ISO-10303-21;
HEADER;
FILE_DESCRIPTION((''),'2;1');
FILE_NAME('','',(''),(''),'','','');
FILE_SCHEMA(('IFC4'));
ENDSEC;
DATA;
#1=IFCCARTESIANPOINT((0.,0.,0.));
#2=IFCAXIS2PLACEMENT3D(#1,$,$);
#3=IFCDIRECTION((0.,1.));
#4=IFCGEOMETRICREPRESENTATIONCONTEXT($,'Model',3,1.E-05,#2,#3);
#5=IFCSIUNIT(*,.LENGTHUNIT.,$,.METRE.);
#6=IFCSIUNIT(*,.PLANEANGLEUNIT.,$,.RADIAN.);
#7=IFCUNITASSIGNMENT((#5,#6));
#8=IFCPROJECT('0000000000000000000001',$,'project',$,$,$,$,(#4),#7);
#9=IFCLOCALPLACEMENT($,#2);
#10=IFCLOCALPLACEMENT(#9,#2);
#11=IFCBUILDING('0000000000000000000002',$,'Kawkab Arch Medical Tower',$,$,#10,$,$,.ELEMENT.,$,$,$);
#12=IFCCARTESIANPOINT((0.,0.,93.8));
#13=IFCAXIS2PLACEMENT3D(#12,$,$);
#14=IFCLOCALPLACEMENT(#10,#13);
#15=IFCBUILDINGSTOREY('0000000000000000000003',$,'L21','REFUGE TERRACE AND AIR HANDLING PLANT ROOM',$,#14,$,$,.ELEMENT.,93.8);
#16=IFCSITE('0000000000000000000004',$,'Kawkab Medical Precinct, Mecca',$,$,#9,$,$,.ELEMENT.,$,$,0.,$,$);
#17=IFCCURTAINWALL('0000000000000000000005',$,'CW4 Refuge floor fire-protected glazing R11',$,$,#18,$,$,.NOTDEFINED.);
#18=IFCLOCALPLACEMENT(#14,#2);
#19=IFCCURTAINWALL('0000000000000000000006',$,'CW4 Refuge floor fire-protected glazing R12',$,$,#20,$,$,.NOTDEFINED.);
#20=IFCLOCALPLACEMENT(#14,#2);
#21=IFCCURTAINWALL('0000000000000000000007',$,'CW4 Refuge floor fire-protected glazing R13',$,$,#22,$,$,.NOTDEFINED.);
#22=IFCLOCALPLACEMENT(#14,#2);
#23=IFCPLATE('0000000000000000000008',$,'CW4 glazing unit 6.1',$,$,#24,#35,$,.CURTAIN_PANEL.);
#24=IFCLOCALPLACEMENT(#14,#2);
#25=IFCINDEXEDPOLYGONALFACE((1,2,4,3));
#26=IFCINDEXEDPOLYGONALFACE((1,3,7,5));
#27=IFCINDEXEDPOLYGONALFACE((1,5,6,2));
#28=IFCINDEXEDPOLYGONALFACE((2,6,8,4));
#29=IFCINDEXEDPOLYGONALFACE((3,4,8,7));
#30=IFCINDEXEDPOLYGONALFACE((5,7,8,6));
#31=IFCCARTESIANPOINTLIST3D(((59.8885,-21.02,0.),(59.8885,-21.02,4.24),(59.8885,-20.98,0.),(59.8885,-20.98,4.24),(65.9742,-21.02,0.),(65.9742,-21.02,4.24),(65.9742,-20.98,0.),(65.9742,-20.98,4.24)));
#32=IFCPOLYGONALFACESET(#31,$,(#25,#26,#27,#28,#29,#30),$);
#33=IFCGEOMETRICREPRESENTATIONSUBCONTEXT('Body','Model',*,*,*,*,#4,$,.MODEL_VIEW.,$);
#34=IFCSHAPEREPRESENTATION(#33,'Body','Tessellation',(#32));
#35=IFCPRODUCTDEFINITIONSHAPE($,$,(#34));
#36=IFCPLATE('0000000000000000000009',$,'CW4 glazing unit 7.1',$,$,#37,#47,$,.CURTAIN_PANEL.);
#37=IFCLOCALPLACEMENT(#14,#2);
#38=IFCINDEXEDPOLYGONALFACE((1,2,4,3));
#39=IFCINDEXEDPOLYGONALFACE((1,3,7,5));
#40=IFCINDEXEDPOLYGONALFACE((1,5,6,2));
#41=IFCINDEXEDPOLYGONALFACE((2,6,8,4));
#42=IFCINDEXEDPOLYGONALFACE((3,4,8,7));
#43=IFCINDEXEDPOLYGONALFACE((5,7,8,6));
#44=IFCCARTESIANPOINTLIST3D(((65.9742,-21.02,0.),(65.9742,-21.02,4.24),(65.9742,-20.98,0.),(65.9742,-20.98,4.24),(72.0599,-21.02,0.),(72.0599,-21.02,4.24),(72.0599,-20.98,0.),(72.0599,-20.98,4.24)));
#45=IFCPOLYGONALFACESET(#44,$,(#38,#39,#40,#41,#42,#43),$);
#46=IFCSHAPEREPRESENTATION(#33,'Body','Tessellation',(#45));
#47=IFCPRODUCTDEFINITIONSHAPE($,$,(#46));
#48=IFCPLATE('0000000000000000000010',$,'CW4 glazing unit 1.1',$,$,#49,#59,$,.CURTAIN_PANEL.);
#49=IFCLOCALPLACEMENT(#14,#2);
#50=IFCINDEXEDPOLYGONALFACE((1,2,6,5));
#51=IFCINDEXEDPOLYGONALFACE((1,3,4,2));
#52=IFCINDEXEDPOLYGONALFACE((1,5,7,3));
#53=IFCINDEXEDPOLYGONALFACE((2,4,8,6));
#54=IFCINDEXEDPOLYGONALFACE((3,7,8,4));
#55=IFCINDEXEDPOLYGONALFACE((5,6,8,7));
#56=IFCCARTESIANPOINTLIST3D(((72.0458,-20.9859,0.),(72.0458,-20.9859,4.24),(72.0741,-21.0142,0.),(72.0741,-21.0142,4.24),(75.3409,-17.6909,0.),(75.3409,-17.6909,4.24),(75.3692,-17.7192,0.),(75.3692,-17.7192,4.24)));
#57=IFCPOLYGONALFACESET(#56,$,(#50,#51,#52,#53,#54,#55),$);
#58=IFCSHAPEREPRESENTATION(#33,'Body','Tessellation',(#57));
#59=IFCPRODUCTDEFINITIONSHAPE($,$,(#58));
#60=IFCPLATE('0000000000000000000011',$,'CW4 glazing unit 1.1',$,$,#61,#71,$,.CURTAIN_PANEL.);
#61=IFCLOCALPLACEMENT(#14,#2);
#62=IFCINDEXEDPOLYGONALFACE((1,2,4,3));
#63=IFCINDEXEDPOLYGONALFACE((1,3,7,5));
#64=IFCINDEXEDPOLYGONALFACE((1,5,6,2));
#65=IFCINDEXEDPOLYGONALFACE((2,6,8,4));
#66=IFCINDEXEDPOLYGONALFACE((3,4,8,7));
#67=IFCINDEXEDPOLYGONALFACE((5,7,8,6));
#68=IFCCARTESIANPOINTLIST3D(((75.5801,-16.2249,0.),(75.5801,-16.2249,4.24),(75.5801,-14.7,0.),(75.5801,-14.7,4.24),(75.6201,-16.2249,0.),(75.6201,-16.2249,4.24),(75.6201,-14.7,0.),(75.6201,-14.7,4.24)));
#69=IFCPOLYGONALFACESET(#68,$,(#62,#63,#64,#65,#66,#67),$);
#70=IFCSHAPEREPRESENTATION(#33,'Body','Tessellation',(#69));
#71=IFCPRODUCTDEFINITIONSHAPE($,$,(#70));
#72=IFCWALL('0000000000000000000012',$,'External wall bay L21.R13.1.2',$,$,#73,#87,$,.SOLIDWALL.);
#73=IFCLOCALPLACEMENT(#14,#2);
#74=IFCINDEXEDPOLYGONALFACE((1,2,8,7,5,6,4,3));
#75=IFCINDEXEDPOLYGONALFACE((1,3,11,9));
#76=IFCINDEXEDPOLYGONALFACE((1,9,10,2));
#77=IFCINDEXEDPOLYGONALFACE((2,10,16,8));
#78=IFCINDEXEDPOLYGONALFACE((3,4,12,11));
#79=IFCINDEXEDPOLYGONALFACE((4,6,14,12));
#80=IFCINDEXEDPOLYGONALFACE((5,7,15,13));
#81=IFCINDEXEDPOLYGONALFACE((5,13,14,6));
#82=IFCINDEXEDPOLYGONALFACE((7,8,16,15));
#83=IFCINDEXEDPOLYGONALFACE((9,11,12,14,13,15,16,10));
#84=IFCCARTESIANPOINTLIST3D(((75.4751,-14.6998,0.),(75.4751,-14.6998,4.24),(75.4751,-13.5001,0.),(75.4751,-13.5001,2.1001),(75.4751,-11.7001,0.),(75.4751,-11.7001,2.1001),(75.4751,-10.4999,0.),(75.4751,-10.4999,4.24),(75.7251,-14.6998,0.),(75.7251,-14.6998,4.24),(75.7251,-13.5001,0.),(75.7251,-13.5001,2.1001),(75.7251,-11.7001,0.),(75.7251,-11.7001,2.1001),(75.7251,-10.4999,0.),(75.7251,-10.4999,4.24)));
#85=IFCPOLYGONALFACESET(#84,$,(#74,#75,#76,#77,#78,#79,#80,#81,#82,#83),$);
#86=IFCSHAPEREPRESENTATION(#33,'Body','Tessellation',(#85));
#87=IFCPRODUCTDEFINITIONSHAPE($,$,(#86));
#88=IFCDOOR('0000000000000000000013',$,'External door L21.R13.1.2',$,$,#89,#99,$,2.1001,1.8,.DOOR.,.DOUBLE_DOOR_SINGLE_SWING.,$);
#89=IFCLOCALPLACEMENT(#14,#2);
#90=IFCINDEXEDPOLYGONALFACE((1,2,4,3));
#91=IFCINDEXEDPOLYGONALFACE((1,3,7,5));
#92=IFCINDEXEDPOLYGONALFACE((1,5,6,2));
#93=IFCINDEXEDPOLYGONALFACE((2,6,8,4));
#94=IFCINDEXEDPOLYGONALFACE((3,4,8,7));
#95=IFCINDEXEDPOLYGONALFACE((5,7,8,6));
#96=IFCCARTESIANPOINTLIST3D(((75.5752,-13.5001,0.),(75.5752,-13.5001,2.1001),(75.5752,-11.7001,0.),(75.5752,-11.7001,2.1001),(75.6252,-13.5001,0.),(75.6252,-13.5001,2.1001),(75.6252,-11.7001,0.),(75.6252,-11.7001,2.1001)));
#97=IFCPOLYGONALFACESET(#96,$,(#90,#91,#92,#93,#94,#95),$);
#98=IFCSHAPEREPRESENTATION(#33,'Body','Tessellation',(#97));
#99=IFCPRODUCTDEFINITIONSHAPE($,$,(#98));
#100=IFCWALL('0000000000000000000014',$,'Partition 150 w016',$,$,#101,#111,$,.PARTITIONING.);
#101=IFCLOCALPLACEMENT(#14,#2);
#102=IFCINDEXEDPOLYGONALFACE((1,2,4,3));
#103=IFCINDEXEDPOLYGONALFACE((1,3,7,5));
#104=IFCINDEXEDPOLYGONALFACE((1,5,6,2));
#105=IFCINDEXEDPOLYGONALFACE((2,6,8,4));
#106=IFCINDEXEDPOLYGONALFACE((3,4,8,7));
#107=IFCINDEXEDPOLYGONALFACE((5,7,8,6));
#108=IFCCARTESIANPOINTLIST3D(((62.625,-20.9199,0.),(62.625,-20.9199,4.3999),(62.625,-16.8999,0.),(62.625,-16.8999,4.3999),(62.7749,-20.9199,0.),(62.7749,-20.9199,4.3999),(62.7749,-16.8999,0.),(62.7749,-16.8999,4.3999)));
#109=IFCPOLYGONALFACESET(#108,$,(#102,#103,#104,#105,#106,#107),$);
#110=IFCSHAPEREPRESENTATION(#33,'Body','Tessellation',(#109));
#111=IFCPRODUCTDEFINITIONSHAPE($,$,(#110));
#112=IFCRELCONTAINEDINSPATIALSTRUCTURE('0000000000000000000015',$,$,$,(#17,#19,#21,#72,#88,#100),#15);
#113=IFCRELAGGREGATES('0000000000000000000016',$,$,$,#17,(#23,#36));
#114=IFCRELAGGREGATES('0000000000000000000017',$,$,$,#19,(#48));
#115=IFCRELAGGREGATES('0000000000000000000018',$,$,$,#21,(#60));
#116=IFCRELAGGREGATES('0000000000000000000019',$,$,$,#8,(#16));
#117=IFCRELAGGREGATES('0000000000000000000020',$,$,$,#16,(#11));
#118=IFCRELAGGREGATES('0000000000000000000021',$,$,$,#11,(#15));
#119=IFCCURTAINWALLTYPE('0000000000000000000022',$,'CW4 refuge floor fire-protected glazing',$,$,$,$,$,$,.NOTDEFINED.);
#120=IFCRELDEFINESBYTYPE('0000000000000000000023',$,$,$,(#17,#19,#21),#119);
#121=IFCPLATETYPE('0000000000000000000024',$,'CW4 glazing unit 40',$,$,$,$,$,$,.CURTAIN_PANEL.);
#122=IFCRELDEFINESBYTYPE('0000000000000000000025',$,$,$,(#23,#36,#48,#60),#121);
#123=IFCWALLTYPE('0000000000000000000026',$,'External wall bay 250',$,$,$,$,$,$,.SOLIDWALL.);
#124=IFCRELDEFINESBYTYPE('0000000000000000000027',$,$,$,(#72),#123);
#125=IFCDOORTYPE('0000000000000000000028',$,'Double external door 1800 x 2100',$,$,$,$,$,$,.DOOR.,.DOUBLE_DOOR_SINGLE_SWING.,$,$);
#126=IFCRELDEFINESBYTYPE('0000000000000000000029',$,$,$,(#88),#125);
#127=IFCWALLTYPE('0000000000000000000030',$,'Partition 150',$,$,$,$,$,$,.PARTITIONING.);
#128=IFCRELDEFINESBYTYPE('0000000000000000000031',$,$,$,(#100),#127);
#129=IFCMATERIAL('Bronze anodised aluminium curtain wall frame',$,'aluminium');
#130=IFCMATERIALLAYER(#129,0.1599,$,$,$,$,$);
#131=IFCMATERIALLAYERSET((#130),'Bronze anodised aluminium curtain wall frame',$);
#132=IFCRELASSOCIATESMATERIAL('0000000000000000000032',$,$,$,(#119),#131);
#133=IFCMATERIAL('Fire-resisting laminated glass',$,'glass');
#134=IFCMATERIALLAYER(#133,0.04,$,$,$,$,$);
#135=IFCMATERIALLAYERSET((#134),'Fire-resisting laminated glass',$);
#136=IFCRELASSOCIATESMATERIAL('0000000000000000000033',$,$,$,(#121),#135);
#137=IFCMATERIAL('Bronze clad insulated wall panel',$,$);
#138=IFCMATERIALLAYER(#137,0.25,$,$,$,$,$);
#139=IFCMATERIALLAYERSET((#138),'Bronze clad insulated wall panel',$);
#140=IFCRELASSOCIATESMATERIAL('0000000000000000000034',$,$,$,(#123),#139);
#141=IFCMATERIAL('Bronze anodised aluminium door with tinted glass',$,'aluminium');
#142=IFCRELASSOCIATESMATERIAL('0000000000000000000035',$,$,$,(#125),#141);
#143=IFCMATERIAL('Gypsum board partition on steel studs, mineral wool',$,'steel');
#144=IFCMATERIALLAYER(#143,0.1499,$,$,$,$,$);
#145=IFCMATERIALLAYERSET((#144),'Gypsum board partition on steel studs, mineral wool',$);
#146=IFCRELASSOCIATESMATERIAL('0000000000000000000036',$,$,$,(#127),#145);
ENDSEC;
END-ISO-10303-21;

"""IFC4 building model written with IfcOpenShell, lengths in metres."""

from ifc_helpers import new_model, si_unit, direction, frame, frame_2d, origin, origin_2d, place, context, subcontext, project, spatial, rectangle, extrude, material, layer, layer_set, type_object, element, fill, aggregate, save


model = new_model("IFC4")

# Units and contexts
model_context = context("Model", 3, precision=1e-05, world=origin(), true_north=direction((0.0, 1.0)))
body_context = subcontext(model_context, "Body", "Model", "MODEL_VIEW")
ifc_project = project(units=[si_unit("LENGTHUNIT", "METRE"), si_unit("PLANEANGLEUNIT", "RADIAN")], contexts=[model_context])

# Site, building, storey
site_placement = place(None, origin())
site = spatial("IfcSite", under=ifc_project, at=site_placement, Name="Kawkab Medical Precinct, Mecca", CompositionType="ELEMENT", RefElevation=0.0)
building_placement = place(site_placement, origin())
building = spatial("IfcBuilding", under=site, at=building_placement, Name="Kawkab Arch Medical Tower", CompositionType="ELEMENT")
storey_placement = place(building_placement, frame((0.0, 0.0, 93.8)))
storey = spatial("IfcBuildingStorey", under=building, at=storey_placement, Name="L21", Description="REFUGE TERRACE AND AIR HANDLING PLANT ROOM", CompositionType="ELEMENT", Elevation=93.8)

# Curtain wall
ifc_material_1 = material(Name="Bronze anodised aluminium curtain wall frame", Category="aluminium")
ifc_layer_1 = layer(ifc_material_1, 0.1599)
ifc_layer_set_1 = layer_set([ifc_layer_1], Name="Bronze anodised aluminium curtain wall frame")
curtain_wall_type = type_object("IfcCurtainWallType", Name="CW4 refuge floor fire-protected glazing", PredefinedType="NOTDEFINED", material=ifc_layer_set_1)
placement = place(storey_placement, origin())
curtain_wall_1 = element("IfcCurtainWall", 1, at=placement, inside=storey, type_object=curtain_wall_type, Name="CW4 Refuge floor fire-protected glazing R11", PredefinedType="NOTDEFINED")

# Curtain walls
curtain_wall_2 = element("IfcCurtainWall", 2, at=placement, inside=storey, type_object=curtain_wall_type, Name="CW4 Refuge floor fire-protected glazing R12", PredefinedType="NOTDEFINED")
curtain_wall_3 = element("IfcCurtainWall", 3, at=placement, inside=storey, type_object=curtain_wall_type, Name="CW4 Refuge floor fire-protected glazing R13", PredefinedType="NOTDEFINED")

# Plates
ifc_material_2 = material(Name="Fire-resisting laminated glass", Category="glass")
ifc_layer_2 = layer(ifc_material_2, 0.04)
ifc_layer_set_2 = layer_set([ifc_layer_2], Name="Fire-resisting laminated glass")
plate_type = type_object("IfcPlateType", Name="CW4 glazing unit 40", PredefinedType="CURTAIN_PANEL", material=ifc_layer_set_2)
plate_1_placement = place(storey_placement, frame((62.9314, -21.0, 0.0), z_axis=(0.0, 0.0, 1.0), x_axis=(1.0, 0.0, 0.0)))
plate_1 = element("IfcPlate", 4, at=plate_1_placement, type_object=plate_type, Name="CW4 glazing unit 6.1", PredefinedType="CURTAIN_PANEL", context=body_context, shape_type="SweptSolid", body=[
    extrude(rectangle(XDim=6.0857, YDim=0.04, at=origin_2d()), origin(), (0.0, 0.0, 1.0), 4.24),
])
plate_2_placement = place(storey_placement, frame((69.0171, -21.0, 0.0), z_axis=(0.0, 0.0, 1.0), x_axis=(1.0, 0.0, 0.0)))
plate_2 = element("IfcPlate", 5, at=plate_2_placement, type_object=plate_type, Name="CW4 glazing unit 7.1", PredefinedType="CURTAIN_PANEL", context=body_context, shape_type="SweptSolid", body=[
    extrude(rectangle(XDim=6.0857, YDim=0.04, at=origin_2d()), origin(), (0.0, 0.0, 1.0), 4.24),
])
aggregate(curtain_wall_1, [plate_1, plate_2])
plate_3_placement = place(storey_placement, frame((73.7075, -19.3525, 0.0), z_axis=(0.0, 0.0, 1.0), x_axis=(0.707107, 0.707107, 0.0)))
plate_3 = element("IfcPlate", 6, at=plate_3_placement, type_object=plate_type, Name="CW4 glazing unit 1.1", PredefinedType="CURTAIN_PANEL", context=body_context, shape_type="SweptSolid", body=[
    extrude(rectangle(XDim=4.6599, YDim=0.04, at=origin_2d()), origin(), (0.0, 0.0, 1.0), 4.24),
])
aggregate(curtain_wall_2, [plate_3])
plate_4_placement = place(storey_placement, frame((75.6001, -15.4624, 0.0), z_axis=(0.0, 0.0, 1.0), x_axis=(0.0, 1.0, 0.0)))
plate_4 = element("IfcPlate", 7, at=plate_4_placement, type_object=plate_type, Name="CW4 glazing unit 1.1", PredefinedType="CURTAIN_PANEL", context=body_context, shape_type="SweptSolid", body=[
    extrude(rectangle(XDim=1.5249, YDim=0.04, at=origin_2d()), origin(), (0.0, 0.0, 1.0), 4.24),
])
aggregate(curtain_wall_3, [plate_4])

# Wall, opening, door
ifc_material_3 = material(Name="Bronze clad insulated wall panel")
ifc_layer_3 = layer(ifc_material_3, 0.25)
ifc_layer_set_3 = layer_set([ifc_layer_3], Name="Bronze clad insulated wall panel")
wall_type_1 = type_object("IfcWallType", Name="External wall bay 250", PredefinedType="SOLIDWALL", material=ifc_layer_set_3)
wall_1_placement = place(storey_placement, frame((75.6001, -14.7, 0.0), z_axis=(0.0, 0.0, 1.0), x_axis=(0.0, 1.0, 0.0)))
wall_1 = element("IfcWall", 8, at=wall_1_placement, inside=storey, type_object=wall_type_1, Name="External wall bay L21.R13.1.2", PredefinedType="SOLIDWALL", context=body_context, shape_type="SweptSolid", body=[
    extrude(rectangle(XDim=4.2, YDim=0.25, at=frame_2d((2.1001, 0.0))), origin(), (0.0, 0.0, 1.0), 4.24),
])
opening_placement = place(wall_1_placement, frame((1.2, 0.0, 0.0)))
opening = element("IfcOpeningElement", 9, at=opening_placement, cuts=wall_1, PredefinedType="OPENING", context=body_context, shape_type="SweptSolid", body=[
    extrude(rectangle(XDim=1.8, YDim=2.1001, at=frame_2d((0.8999, 1.05))), frame((0.0, 0.135, 0.0), z_axis=(0.0, -1.0, 0.0), x_axis=(1.0, 0.0, 0.0)), (0.0, 0.0, 1.0), 0.27),
])
ifc_material_4 = material(Name="Bronze anodised aluminium door with tinted glass", Category="aluminium")
door_type = type_object("IfcDoorType", Name="Double external door 1800 x 2100", OperationType="DOUBLE_DOOR_SINGLE_SWING", PredefinedType="DOOR", material=ifc_material_4)
door_placement = place(opening_placement, origin())
door = element("IfcDoor", 10, at=door_placement, inside=storey, type_object=door_type, Name="External door L21.R13.1.2", OperationType="DOUBLE_DOOR_SINGLE_SWING", OverallHeight=2.1001, OverallWidth=1.8, PredefinedType="DOOR", context=body_context, shape_type="SweptSolid", body=[
    extrude(rectangle(XDim=1.8, YDim=2.1001, at=frame_2d((0.8999, 1.05))), frame((0.0, 0.0249, 0.0), z_axis=(0.0, -1.0, 0.0), x_axis=(1.0, 0.0, 0.0)), (0.0, 0.0, 1.0), 0.05),
])
fill(opening, door)

# Wall
ifc_material_5 = material(Name="Gypsum board partition on steel studs, mineral wool", Category="steel")
ifc_layer_4 = layer(ifc_material_5, 0.1499)
ifc_layer_set_4 = layer_set([ifc_layer_4], Name="Gypsum board partition on steel studs, mineral wool")
wall_type_2 = type_object("IfcWallType", Name="Partition 150", PredefinedType="PARTITIONING", material=ifc_layer_set_4)
wall_2_placement = place(storey_placement, frame((62.7, -20.9199, 0.0), z_axis=(0.0, 0.0, 1.0), x_axis=(0.0, 1.0, 0.0)))
element("IfcWall", 11, at=wall_2_placement, inside=storey, type_object=wall_type_2, Name="Partition 150 w016", PredefinedType="PARTITIONING", context=body_context, shape_type="SweptSolid", body=[
    extrude(rectangle(XDim=4.02, YDim=0.1499, at=frame_2d((2.01, 0.0))), origin(), (0.0, 0.0, 1.0), 4.3999),
])

save(model, "model.ifc")
